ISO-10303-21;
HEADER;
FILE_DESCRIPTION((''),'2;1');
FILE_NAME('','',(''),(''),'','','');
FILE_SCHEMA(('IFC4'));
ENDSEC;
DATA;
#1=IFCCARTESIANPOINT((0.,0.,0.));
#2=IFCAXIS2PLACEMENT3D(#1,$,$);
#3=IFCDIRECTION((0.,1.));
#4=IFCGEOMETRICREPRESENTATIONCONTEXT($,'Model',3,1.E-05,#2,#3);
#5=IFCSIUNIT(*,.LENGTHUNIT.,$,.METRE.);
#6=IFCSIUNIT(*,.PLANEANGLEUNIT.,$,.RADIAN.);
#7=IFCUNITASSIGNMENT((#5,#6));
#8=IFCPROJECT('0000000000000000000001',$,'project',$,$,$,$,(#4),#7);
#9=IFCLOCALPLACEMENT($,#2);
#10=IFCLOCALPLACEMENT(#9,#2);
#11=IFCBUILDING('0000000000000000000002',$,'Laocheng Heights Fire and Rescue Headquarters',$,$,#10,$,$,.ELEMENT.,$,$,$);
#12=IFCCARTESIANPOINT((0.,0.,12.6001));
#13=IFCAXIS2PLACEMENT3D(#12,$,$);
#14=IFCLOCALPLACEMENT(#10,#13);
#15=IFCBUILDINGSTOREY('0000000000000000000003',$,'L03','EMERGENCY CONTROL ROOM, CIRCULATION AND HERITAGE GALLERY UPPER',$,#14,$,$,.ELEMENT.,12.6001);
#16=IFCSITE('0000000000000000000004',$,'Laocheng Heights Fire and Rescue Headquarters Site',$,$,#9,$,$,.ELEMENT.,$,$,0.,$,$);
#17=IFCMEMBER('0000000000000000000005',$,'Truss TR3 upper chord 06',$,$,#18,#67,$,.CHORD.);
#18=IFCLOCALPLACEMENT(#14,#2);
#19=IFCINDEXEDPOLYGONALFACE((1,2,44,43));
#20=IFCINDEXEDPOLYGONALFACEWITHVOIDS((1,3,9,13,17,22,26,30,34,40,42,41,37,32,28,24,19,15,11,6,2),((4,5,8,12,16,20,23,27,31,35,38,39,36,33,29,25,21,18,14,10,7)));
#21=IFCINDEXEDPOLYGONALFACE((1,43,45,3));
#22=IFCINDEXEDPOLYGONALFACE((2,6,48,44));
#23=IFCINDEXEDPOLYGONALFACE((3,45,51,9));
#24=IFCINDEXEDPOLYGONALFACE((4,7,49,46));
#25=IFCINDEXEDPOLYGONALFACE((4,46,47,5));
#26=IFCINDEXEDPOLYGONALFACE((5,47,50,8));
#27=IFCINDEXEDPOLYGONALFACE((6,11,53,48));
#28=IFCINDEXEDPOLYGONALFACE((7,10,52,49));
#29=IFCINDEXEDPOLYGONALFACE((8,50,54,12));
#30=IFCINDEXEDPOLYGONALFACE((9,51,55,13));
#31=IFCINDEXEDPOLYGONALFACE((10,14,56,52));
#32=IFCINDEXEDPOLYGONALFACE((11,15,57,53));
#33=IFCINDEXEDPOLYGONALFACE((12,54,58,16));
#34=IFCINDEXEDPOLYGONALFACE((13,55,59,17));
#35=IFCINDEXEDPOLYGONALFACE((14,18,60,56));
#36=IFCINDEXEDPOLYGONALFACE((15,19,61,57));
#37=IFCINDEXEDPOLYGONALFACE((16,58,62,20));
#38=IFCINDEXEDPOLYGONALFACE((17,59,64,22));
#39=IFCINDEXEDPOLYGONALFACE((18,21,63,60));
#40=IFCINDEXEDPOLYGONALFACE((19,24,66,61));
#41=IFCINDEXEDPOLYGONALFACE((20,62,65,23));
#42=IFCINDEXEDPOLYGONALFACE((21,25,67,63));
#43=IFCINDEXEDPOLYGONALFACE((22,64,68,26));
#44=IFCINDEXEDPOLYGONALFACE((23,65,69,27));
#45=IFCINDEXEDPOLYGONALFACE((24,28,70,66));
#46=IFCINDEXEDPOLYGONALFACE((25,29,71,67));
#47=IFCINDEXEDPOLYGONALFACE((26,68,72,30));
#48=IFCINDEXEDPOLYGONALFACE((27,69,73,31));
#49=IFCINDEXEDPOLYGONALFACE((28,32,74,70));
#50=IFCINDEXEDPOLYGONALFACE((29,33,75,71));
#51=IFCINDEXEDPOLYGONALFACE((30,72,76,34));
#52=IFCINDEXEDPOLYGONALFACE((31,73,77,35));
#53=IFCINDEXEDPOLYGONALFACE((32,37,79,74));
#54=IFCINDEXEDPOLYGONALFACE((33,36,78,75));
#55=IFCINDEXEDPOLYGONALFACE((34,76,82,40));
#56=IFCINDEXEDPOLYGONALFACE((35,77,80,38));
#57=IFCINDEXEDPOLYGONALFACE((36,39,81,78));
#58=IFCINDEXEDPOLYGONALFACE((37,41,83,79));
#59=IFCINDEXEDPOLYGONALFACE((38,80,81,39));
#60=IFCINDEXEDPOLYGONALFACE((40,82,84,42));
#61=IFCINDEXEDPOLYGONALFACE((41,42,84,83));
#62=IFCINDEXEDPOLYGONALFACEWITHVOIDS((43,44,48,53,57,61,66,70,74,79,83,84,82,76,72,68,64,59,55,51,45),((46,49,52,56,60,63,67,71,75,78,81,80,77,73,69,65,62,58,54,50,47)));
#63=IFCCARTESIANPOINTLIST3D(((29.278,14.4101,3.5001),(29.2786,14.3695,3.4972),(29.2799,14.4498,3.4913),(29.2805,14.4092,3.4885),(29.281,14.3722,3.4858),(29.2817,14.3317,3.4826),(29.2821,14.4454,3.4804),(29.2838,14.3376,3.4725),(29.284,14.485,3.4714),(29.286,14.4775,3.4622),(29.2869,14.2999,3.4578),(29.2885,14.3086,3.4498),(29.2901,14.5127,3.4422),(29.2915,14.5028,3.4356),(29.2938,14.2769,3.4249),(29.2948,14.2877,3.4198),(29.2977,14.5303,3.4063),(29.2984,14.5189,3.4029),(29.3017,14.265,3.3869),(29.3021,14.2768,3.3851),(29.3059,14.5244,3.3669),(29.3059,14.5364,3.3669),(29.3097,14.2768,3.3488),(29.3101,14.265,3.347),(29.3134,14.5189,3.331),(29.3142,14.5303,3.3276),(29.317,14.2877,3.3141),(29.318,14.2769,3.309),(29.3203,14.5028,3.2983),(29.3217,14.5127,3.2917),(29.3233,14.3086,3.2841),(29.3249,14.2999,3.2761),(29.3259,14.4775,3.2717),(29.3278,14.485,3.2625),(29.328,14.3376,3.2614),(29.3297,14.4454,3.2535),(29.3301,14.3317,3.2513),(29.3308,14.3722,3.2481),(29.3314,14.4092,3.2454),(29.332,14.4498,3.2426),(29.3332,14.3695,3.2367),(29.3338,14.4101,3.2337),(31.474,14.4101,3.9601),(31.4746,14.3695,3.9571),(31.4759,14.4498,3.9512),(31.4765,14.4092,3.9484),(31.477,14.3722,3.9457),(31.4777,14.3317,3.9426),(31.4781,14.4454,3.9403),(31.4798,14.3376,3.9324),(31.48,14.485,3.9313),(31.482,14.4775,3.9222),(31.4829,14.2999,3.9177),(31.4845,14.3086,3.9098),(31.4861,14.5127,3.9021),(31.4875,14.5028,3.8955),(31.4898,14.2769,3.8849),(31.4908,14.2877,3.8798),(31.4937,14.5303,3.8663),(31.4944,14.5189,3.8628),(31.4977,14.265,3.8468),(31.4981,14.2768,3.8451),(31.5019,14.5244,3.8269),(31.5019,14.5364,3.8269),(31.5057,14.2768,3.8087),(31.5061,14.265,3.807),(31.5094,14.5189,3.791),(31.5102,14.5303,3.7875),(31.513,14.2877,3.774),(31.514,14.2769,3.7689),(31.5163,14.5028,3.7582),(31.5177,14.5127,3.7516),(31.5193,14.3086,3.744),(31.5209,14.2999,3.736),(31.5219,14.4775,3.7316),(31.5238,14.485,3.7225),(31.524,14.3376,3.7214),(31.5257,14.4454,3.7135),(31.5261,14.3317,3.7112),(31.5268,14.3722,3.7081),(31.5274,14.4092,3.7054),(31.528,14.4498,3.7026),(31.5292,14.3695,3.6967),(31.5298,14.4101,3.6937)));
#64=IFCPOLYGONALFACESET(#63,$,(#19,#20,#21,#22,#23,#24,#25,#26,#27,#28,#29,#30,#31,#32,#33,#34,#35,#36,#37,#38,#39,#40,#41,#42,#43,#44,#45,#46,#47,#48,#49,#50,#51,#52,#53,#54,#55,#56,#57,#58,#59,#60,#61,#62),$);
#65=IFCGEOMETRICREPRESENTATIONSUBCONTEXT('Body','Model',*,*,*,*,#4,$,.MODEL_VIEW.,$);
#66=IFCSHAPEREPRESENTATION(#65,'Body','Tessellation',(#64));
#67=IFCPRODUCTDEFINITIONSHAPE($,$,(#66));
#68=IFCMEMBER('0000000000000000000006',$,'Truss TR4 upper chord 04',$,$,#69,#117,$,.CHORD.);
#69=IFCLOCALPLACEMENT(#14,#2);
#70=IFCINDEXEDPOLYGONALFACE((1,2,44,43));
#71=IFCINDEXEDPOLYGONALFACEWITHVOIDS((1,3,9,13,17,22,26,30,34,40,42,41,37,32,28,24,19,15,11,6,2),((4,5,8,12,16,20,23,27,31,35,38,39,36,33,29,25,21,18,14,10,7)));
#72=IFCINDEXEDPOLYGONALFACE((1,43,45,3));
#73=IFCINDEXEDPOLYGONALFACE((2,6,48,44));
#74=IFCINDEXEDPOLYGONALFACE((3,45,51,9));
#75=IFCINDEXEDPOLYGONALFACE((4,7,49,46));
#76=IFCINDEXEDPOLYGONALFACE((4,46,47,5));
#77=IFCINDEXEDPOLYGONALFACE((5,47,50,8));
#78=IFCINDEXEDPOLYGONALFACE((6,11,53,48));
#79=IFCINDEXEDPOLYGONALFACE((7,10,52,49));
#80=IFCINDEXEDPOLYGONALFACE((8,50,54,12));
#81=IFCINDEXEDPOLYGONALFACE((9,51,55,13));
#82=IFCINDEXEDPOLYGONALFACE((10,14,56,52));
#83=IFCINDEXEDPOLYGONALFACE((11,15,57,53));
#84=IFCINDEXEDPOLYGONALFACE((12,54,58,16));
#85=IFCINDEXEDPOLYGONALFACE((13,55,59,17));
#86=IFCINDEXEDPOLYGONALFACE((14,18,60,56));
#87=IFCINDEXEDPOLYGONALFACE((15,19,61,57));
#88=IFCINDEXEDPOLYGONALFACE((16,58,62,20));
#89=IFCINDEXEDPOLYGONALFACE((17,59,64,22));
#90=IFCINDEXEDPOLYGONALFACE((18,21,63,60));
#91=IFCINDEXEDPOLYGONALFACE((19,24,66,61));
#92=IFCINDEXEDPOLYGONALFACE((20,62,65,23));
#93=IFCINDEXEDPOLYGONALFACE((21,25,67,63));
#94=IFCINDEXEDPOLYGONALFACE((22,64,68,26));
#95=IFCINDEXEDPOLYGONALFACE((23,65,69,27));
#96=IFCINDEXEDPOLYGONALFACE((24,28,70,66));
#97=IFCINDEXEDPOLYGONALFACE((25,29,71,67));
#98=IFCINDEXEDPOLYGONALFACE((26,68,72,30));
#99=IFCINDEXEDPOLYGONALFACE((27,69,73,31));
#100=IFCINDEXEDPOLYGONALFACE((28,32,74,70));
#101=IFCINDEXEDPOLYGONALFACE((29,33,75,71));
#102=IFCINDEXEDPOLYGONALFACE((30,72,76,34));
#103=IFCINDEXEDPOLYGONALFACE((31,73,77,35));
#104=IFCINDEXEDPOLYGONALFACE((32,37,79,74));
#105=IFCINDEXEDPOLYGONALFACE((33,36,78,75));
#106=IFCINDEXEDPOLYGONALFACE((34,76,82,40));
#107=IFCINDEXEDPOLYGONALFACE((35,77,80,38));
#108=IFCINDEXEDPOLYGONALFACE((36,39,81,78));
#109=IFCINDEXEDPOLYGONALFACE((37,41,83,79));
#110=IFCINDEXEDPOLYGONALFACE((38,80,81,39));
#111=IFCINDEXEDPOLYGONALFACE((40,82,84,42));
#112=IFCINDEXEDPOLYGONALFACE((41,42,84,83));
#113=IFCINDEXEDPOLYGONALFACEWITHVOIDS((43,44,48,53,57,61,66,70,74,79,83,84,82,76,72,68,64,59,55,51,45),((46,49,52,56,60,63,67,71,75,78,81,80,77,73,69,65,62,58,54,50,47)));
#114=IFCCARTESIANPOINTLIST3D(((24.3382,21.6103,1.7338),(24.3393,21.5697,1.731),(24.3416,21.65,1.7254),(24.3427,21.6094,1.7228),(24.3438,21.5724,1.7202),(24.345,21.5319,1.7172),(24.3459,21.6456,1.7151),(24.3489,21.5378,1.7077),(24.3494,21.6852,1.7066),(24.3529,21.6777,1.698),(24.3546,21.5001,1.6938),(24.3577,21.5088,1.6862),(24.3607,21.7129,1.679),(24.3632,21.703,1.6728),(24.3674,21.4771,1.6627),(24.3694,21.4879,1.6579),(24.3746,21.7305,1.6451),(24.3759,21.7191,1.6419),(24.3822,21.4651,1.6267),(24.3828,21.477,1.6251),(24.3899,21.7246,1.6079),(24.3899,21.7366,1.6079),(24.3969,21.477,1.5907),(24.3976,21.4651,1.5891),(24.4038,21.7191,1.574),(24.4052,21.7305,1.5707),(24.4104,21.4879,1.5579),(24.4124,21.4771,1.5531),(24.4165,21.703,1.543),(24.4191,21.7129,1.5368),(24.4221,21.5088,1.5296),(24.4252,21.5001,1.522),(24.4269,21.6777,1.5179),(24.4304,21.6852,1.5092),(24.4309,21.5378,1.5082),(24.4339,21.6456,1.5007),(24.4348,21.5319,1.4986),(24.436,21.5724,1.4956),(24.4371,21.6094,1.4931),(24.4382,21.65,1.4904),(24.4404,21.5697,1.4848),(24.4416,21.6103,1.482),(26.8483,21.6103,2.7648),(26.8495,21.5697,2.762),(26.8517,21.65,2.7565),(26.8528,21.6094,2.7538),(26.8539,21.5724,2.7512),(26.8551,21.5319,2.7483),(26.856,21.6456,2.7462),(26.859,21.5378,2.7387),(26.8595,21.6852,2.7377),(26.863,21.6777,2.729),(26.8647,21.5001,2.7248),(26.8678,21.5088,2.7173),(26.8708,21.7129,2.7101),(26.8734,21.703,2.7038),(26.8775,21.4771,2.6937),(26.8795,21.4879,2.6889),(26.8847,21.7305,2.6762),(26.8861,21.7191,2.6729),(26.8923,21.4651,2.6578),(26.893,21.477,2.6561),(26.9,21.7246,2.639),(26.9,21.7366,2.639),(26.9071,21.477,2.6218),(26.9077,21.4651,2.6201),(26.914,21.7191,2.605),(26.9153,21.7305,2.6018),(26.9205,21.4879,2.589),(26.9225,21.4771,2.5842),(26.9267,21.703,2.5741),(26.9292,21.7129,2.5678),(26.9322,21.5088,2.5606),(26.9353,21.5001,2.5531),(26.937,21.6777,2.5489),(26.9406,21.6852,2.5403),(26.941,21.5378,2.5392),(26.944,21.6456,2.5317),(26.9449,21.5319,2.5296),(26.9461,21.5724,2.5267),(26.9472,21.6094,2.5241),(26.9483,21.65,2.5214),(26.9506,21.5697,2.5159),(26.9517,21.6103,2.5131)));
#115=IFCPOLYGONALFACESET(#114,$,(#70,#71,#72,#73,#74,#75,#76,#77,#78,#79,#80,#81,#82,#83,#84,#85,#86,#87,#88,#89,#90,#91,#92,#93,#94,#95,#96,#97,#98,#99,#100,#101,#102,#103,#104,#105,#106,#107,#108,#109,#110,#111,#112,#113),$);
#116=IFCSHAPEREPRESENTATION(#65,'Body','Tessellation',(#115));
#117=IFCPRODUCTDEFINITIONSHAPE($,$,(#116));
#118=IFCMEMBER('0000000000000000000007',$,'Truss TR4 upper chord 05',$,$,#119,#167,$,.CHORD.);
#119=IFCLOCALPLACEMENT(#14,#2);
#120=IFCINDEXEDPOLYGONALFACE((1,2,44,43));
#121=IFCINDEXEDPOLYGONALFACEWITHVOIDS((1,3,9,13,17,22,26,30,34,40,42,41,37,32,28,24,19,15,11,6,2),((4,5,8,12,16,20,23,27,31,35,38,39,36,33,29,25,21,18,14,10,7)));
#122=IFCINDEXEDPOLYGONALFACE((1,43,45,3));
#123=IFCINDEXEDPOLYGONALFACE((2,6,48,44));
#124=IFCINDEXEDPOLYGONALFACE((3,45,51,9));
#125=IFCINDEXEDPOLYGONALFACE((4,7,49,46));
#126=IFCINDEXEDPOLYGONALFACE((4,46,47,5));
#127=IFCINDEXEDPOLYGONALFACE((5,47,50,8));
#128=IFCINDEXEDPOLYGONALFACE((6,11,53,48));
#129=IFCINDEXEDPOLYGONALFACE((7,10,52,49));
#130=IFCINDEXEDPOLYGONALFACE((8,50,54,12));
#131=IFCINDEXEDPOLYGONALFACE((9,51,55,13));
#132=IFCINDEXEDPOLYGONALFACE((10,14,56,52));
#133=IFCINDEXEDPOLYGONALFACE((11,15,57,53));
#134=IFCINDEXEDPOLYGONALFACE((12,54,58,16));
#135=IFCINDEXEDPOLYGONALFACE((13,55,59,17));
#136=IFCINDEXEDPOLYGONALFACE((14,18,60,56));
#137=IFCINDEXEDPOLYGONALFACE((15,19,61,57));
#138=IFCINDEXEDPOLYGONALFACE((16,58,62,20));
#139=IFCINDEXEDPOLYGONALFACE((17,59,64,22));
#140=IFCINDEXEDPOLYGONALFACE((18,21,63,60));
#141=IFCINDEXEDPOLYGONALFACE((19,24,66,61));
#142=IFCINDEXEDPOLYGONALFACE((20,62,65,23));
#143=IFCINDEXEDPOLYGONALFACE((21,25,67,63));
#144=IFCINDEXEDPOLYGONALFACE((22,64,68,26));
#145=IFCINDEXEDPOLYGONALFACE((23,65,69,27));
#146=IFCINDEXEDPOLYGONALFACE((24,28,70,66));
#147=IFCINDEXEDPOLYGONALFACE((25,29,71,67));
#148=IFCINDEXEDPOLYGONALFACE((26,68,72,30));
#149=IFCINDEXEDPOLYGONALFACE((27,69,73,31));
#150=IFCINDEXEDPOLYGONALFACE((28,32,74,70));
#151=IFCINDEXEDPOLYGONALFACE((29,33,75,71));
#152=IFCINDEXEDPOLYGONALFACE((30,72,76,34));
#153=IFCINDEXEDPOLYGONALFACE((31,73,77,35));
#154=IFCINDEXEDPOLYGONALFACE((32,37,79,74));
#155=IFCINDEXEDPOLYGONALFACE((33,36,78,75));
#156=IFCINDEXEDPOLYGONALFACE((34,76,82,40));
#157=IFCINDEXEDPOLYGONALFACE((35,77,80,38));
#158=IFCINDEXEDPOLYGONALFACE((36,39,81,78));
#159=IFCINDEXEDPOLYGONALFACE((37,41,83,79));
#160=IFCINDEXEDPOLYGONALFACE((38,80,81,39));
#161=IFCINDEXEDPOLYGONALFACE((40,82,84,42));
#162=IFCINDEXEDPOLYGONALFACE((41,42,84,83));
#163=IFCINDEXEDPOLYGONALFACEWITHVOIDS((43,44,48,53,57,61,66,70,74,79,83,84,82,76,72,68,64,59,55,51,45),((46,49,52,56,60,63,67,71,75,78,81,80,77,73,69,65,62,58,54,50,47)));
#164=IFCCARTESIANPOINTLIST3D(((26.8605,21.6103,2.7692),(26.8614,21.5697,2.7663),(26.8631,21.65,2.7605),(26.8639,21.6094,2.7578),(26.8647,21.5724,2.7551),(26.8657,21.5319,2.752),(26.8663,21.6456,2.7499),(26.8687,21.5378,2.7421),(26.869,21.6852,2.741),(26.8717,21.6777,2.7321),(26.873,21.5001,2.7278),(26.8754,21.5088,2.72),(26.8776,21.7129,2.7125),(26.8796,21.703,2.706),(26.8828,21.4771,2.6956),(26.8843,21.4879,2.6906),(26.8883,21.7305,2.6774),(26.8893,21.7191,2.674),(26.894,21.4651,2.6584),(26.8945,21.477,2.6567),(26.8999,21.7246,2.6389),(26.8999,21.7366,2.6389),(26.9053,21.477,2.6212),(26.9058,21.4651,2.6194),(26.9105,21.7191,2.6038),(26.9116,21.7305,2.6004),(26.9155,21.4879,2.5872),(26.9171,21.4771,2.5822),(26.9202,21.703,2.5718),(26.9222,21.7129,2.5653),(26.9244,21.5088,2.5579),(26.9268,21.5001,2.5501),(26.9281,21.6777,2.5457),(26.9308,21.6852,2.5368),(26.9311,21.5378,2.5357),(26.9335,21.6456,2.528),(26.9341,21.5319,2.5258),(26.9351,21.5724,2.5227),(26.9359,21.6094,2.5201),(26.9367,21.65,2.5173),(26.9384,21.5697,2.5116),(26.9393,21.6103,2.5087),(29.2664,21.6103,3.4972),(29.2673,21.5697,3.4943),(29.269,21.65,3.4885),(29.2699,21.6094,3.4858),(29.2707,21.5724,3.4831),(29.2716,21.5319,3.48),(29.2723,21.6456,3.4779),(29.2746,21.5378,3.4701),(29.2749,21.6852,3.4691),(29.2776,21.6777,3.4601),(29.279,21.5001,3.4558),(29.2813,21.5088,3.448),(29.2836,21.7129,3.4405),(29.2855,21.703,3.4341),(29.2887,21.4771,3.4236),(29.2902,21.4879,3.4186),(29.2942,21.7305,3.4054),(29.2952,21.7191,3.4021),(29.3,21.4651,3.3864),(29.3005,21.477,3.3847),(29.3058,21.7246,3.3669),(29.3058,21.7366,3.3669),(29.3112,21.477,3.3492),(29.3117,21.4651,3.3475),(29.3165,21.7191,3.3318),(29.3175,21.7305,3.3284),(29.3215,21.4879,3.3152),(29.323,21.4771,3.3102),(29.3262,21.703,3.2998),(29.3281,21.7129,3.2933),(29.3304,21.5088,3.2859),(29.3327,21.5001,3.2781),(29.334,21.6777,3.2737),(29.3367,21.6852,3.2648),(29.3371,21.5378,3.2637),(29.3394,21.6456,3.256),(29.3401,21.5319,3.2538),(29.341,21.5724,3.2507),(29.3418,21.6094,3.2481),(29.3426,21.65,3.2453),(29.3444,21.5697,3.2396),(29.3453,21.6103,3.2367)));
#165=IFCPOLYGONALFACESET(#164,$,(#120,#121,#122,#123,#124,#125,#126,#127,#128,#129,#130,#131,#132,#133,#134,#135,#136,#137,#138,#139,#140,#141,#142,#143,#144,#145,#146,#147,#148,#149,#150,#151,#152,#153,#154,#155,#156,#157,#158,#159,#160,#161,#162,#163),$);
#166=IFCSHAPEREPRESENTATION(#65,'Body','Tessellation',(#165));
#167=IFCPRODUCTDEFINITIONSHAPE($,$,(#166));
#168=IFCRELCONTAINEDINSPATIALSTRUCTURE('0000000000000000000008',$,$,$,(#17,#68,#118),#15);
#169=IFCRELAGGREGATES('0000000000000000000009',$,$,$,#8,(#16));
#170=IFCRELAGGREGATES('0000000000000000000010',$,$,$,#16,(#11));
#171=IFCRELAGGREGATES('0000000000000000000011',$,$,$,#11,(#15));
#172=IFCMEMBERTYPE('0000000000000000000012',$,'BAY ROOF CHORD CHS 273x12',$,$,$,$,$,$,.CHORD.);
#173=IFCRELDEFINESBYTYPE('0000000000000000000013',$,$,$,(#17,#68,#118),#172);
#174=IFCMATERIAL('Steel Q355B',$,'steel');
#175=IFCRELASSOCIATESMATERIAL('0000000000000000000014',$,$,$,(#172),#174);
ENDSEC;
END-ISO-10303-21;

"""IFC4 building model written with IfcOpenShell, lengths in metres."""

from ifc_helpers import new_model, si_unit, direction, frame, origin, origin_2d, place, context, subcontext, project, spatial, hollow_circle, extrude, material, material_profile, profile_set, type_object, element, save


model = new_model("IFC4")

# Units and contexts
model_context = context("Model", 3, precision=1e-05, world=origin(), true_north=direction((0.0, 1.0)))
body_context = subcontext(model_context, "Body", "Model", "MODEL_VIEW")
ifc_project = project(units=[si_unit("LENGTHUNIT", "METRE"), si_unit("PLANEANGLEUNIT", "RADIAN")], contexts=[model_context])

# Site, building, storey
site_placement = place(None, origin())
site = spatial("IfcSite", under=ifc_project, at=site_placement, Name="Laocheng Heights Fire and Rescue Headquarters Site", CompositionType="ELEMENT", RefElevation=0.0)
building_placement = place(site_placement, origin())
building = spatial("IfcBuilding", under=site, at=building_placement, Name="Laocheng Heights Fire and Rescue Headquarters", CompositionType="ELEMENT")
storey_placement = place(building_placement, frame((0.0, 0.0, 12.6001)))
storey = spatial("IfcBuildingStorey", under=building, at=storey_placement, Name="L03", Description="EMERGENCY CONTROL ROOM, CIRCULATION AND HERITAGE GALLERY UPPER", CompositionType="ELEMENT", Elevation=12.6001)

# Members
ifc_material_1 = material(Name="Steel Q355B", Category="steel")
ifc_material_profile_1 = material_profile(ifc_material_1, hollow_circle(Radius=0.1365, WallThickness=0.012, at=origin_2d()), Name="CHS 273x12")
ifc_profile_set_1 = profile_set([ifc_material_profile_1], Name="Steel Q355B")
member_type_1 = type_object("IfcMemberType", Name="BAY ROOF CHORD CHS 273x12", PredefinedType="CHORD", material=ifc_profile_set_1)
member_1_placement = place(storey_placement, frame((29.3059, 14.3999, 3.3669), z_axis=(0.978762, 0.0, 0.205001), x_axis=(0.0, 1.0, 0.0)))
element("IfcMember", 1, at=member_1_placement, inside=storey, type_object=member_type_1, Name="Truss TR3 upper chord 06", PredefinedType="CHORD", context=body_context, shape_type="SweptSolid", body=[
    extrude(hollow_circle(Radius=0.1365, WallThickness=0.012, at=origin_2d()), origin(), (0.0, 0.0, 1.0), 2.2437),
])
member_2_placement = place(storey_placement, frame((24.3899, 21.6001, 1.6079), z_axis=(0.925006, 0.0, 0.379953), x_axis=(0.0, 1.0, 0.0)))
element("IfcMember", 2, at=member_2_placement, inside=storey, type_object=member_type_1, Name="Truss TR4 upper chord 04", PredefinedType="CHORD", context=body_context, shape_type="SweptSolid", body=[
    extrude(hollow_circle(Radius=0.1365, WallThickness=0.012, at=origin_2d()), origin(), (0.0, 0.0, 1.0), 2.7136),
])
member_3_placement = place(storey_placement, frame((26.8999, 21.6001, 2.6389), z_axis=(0.957142, 0.0, 0.289619), x_axis=(0.0, 1.0, 0.0)))
element("IfcMember", 3, at=member_3_placement, inside=storey, type_object=member_type_1, Name="Truss TR4 upper chord 05", PredefinedType="CHORD", context=body_context, shape_type="SweptSolid", body=[
    extrude(hollow_circle(Radius=0.1365, WallThickness=0.012, at=origin_2d()), origin(), (0.0, 0.0, 1.0), 2.5137),
])

save(model, "model.ifc")
